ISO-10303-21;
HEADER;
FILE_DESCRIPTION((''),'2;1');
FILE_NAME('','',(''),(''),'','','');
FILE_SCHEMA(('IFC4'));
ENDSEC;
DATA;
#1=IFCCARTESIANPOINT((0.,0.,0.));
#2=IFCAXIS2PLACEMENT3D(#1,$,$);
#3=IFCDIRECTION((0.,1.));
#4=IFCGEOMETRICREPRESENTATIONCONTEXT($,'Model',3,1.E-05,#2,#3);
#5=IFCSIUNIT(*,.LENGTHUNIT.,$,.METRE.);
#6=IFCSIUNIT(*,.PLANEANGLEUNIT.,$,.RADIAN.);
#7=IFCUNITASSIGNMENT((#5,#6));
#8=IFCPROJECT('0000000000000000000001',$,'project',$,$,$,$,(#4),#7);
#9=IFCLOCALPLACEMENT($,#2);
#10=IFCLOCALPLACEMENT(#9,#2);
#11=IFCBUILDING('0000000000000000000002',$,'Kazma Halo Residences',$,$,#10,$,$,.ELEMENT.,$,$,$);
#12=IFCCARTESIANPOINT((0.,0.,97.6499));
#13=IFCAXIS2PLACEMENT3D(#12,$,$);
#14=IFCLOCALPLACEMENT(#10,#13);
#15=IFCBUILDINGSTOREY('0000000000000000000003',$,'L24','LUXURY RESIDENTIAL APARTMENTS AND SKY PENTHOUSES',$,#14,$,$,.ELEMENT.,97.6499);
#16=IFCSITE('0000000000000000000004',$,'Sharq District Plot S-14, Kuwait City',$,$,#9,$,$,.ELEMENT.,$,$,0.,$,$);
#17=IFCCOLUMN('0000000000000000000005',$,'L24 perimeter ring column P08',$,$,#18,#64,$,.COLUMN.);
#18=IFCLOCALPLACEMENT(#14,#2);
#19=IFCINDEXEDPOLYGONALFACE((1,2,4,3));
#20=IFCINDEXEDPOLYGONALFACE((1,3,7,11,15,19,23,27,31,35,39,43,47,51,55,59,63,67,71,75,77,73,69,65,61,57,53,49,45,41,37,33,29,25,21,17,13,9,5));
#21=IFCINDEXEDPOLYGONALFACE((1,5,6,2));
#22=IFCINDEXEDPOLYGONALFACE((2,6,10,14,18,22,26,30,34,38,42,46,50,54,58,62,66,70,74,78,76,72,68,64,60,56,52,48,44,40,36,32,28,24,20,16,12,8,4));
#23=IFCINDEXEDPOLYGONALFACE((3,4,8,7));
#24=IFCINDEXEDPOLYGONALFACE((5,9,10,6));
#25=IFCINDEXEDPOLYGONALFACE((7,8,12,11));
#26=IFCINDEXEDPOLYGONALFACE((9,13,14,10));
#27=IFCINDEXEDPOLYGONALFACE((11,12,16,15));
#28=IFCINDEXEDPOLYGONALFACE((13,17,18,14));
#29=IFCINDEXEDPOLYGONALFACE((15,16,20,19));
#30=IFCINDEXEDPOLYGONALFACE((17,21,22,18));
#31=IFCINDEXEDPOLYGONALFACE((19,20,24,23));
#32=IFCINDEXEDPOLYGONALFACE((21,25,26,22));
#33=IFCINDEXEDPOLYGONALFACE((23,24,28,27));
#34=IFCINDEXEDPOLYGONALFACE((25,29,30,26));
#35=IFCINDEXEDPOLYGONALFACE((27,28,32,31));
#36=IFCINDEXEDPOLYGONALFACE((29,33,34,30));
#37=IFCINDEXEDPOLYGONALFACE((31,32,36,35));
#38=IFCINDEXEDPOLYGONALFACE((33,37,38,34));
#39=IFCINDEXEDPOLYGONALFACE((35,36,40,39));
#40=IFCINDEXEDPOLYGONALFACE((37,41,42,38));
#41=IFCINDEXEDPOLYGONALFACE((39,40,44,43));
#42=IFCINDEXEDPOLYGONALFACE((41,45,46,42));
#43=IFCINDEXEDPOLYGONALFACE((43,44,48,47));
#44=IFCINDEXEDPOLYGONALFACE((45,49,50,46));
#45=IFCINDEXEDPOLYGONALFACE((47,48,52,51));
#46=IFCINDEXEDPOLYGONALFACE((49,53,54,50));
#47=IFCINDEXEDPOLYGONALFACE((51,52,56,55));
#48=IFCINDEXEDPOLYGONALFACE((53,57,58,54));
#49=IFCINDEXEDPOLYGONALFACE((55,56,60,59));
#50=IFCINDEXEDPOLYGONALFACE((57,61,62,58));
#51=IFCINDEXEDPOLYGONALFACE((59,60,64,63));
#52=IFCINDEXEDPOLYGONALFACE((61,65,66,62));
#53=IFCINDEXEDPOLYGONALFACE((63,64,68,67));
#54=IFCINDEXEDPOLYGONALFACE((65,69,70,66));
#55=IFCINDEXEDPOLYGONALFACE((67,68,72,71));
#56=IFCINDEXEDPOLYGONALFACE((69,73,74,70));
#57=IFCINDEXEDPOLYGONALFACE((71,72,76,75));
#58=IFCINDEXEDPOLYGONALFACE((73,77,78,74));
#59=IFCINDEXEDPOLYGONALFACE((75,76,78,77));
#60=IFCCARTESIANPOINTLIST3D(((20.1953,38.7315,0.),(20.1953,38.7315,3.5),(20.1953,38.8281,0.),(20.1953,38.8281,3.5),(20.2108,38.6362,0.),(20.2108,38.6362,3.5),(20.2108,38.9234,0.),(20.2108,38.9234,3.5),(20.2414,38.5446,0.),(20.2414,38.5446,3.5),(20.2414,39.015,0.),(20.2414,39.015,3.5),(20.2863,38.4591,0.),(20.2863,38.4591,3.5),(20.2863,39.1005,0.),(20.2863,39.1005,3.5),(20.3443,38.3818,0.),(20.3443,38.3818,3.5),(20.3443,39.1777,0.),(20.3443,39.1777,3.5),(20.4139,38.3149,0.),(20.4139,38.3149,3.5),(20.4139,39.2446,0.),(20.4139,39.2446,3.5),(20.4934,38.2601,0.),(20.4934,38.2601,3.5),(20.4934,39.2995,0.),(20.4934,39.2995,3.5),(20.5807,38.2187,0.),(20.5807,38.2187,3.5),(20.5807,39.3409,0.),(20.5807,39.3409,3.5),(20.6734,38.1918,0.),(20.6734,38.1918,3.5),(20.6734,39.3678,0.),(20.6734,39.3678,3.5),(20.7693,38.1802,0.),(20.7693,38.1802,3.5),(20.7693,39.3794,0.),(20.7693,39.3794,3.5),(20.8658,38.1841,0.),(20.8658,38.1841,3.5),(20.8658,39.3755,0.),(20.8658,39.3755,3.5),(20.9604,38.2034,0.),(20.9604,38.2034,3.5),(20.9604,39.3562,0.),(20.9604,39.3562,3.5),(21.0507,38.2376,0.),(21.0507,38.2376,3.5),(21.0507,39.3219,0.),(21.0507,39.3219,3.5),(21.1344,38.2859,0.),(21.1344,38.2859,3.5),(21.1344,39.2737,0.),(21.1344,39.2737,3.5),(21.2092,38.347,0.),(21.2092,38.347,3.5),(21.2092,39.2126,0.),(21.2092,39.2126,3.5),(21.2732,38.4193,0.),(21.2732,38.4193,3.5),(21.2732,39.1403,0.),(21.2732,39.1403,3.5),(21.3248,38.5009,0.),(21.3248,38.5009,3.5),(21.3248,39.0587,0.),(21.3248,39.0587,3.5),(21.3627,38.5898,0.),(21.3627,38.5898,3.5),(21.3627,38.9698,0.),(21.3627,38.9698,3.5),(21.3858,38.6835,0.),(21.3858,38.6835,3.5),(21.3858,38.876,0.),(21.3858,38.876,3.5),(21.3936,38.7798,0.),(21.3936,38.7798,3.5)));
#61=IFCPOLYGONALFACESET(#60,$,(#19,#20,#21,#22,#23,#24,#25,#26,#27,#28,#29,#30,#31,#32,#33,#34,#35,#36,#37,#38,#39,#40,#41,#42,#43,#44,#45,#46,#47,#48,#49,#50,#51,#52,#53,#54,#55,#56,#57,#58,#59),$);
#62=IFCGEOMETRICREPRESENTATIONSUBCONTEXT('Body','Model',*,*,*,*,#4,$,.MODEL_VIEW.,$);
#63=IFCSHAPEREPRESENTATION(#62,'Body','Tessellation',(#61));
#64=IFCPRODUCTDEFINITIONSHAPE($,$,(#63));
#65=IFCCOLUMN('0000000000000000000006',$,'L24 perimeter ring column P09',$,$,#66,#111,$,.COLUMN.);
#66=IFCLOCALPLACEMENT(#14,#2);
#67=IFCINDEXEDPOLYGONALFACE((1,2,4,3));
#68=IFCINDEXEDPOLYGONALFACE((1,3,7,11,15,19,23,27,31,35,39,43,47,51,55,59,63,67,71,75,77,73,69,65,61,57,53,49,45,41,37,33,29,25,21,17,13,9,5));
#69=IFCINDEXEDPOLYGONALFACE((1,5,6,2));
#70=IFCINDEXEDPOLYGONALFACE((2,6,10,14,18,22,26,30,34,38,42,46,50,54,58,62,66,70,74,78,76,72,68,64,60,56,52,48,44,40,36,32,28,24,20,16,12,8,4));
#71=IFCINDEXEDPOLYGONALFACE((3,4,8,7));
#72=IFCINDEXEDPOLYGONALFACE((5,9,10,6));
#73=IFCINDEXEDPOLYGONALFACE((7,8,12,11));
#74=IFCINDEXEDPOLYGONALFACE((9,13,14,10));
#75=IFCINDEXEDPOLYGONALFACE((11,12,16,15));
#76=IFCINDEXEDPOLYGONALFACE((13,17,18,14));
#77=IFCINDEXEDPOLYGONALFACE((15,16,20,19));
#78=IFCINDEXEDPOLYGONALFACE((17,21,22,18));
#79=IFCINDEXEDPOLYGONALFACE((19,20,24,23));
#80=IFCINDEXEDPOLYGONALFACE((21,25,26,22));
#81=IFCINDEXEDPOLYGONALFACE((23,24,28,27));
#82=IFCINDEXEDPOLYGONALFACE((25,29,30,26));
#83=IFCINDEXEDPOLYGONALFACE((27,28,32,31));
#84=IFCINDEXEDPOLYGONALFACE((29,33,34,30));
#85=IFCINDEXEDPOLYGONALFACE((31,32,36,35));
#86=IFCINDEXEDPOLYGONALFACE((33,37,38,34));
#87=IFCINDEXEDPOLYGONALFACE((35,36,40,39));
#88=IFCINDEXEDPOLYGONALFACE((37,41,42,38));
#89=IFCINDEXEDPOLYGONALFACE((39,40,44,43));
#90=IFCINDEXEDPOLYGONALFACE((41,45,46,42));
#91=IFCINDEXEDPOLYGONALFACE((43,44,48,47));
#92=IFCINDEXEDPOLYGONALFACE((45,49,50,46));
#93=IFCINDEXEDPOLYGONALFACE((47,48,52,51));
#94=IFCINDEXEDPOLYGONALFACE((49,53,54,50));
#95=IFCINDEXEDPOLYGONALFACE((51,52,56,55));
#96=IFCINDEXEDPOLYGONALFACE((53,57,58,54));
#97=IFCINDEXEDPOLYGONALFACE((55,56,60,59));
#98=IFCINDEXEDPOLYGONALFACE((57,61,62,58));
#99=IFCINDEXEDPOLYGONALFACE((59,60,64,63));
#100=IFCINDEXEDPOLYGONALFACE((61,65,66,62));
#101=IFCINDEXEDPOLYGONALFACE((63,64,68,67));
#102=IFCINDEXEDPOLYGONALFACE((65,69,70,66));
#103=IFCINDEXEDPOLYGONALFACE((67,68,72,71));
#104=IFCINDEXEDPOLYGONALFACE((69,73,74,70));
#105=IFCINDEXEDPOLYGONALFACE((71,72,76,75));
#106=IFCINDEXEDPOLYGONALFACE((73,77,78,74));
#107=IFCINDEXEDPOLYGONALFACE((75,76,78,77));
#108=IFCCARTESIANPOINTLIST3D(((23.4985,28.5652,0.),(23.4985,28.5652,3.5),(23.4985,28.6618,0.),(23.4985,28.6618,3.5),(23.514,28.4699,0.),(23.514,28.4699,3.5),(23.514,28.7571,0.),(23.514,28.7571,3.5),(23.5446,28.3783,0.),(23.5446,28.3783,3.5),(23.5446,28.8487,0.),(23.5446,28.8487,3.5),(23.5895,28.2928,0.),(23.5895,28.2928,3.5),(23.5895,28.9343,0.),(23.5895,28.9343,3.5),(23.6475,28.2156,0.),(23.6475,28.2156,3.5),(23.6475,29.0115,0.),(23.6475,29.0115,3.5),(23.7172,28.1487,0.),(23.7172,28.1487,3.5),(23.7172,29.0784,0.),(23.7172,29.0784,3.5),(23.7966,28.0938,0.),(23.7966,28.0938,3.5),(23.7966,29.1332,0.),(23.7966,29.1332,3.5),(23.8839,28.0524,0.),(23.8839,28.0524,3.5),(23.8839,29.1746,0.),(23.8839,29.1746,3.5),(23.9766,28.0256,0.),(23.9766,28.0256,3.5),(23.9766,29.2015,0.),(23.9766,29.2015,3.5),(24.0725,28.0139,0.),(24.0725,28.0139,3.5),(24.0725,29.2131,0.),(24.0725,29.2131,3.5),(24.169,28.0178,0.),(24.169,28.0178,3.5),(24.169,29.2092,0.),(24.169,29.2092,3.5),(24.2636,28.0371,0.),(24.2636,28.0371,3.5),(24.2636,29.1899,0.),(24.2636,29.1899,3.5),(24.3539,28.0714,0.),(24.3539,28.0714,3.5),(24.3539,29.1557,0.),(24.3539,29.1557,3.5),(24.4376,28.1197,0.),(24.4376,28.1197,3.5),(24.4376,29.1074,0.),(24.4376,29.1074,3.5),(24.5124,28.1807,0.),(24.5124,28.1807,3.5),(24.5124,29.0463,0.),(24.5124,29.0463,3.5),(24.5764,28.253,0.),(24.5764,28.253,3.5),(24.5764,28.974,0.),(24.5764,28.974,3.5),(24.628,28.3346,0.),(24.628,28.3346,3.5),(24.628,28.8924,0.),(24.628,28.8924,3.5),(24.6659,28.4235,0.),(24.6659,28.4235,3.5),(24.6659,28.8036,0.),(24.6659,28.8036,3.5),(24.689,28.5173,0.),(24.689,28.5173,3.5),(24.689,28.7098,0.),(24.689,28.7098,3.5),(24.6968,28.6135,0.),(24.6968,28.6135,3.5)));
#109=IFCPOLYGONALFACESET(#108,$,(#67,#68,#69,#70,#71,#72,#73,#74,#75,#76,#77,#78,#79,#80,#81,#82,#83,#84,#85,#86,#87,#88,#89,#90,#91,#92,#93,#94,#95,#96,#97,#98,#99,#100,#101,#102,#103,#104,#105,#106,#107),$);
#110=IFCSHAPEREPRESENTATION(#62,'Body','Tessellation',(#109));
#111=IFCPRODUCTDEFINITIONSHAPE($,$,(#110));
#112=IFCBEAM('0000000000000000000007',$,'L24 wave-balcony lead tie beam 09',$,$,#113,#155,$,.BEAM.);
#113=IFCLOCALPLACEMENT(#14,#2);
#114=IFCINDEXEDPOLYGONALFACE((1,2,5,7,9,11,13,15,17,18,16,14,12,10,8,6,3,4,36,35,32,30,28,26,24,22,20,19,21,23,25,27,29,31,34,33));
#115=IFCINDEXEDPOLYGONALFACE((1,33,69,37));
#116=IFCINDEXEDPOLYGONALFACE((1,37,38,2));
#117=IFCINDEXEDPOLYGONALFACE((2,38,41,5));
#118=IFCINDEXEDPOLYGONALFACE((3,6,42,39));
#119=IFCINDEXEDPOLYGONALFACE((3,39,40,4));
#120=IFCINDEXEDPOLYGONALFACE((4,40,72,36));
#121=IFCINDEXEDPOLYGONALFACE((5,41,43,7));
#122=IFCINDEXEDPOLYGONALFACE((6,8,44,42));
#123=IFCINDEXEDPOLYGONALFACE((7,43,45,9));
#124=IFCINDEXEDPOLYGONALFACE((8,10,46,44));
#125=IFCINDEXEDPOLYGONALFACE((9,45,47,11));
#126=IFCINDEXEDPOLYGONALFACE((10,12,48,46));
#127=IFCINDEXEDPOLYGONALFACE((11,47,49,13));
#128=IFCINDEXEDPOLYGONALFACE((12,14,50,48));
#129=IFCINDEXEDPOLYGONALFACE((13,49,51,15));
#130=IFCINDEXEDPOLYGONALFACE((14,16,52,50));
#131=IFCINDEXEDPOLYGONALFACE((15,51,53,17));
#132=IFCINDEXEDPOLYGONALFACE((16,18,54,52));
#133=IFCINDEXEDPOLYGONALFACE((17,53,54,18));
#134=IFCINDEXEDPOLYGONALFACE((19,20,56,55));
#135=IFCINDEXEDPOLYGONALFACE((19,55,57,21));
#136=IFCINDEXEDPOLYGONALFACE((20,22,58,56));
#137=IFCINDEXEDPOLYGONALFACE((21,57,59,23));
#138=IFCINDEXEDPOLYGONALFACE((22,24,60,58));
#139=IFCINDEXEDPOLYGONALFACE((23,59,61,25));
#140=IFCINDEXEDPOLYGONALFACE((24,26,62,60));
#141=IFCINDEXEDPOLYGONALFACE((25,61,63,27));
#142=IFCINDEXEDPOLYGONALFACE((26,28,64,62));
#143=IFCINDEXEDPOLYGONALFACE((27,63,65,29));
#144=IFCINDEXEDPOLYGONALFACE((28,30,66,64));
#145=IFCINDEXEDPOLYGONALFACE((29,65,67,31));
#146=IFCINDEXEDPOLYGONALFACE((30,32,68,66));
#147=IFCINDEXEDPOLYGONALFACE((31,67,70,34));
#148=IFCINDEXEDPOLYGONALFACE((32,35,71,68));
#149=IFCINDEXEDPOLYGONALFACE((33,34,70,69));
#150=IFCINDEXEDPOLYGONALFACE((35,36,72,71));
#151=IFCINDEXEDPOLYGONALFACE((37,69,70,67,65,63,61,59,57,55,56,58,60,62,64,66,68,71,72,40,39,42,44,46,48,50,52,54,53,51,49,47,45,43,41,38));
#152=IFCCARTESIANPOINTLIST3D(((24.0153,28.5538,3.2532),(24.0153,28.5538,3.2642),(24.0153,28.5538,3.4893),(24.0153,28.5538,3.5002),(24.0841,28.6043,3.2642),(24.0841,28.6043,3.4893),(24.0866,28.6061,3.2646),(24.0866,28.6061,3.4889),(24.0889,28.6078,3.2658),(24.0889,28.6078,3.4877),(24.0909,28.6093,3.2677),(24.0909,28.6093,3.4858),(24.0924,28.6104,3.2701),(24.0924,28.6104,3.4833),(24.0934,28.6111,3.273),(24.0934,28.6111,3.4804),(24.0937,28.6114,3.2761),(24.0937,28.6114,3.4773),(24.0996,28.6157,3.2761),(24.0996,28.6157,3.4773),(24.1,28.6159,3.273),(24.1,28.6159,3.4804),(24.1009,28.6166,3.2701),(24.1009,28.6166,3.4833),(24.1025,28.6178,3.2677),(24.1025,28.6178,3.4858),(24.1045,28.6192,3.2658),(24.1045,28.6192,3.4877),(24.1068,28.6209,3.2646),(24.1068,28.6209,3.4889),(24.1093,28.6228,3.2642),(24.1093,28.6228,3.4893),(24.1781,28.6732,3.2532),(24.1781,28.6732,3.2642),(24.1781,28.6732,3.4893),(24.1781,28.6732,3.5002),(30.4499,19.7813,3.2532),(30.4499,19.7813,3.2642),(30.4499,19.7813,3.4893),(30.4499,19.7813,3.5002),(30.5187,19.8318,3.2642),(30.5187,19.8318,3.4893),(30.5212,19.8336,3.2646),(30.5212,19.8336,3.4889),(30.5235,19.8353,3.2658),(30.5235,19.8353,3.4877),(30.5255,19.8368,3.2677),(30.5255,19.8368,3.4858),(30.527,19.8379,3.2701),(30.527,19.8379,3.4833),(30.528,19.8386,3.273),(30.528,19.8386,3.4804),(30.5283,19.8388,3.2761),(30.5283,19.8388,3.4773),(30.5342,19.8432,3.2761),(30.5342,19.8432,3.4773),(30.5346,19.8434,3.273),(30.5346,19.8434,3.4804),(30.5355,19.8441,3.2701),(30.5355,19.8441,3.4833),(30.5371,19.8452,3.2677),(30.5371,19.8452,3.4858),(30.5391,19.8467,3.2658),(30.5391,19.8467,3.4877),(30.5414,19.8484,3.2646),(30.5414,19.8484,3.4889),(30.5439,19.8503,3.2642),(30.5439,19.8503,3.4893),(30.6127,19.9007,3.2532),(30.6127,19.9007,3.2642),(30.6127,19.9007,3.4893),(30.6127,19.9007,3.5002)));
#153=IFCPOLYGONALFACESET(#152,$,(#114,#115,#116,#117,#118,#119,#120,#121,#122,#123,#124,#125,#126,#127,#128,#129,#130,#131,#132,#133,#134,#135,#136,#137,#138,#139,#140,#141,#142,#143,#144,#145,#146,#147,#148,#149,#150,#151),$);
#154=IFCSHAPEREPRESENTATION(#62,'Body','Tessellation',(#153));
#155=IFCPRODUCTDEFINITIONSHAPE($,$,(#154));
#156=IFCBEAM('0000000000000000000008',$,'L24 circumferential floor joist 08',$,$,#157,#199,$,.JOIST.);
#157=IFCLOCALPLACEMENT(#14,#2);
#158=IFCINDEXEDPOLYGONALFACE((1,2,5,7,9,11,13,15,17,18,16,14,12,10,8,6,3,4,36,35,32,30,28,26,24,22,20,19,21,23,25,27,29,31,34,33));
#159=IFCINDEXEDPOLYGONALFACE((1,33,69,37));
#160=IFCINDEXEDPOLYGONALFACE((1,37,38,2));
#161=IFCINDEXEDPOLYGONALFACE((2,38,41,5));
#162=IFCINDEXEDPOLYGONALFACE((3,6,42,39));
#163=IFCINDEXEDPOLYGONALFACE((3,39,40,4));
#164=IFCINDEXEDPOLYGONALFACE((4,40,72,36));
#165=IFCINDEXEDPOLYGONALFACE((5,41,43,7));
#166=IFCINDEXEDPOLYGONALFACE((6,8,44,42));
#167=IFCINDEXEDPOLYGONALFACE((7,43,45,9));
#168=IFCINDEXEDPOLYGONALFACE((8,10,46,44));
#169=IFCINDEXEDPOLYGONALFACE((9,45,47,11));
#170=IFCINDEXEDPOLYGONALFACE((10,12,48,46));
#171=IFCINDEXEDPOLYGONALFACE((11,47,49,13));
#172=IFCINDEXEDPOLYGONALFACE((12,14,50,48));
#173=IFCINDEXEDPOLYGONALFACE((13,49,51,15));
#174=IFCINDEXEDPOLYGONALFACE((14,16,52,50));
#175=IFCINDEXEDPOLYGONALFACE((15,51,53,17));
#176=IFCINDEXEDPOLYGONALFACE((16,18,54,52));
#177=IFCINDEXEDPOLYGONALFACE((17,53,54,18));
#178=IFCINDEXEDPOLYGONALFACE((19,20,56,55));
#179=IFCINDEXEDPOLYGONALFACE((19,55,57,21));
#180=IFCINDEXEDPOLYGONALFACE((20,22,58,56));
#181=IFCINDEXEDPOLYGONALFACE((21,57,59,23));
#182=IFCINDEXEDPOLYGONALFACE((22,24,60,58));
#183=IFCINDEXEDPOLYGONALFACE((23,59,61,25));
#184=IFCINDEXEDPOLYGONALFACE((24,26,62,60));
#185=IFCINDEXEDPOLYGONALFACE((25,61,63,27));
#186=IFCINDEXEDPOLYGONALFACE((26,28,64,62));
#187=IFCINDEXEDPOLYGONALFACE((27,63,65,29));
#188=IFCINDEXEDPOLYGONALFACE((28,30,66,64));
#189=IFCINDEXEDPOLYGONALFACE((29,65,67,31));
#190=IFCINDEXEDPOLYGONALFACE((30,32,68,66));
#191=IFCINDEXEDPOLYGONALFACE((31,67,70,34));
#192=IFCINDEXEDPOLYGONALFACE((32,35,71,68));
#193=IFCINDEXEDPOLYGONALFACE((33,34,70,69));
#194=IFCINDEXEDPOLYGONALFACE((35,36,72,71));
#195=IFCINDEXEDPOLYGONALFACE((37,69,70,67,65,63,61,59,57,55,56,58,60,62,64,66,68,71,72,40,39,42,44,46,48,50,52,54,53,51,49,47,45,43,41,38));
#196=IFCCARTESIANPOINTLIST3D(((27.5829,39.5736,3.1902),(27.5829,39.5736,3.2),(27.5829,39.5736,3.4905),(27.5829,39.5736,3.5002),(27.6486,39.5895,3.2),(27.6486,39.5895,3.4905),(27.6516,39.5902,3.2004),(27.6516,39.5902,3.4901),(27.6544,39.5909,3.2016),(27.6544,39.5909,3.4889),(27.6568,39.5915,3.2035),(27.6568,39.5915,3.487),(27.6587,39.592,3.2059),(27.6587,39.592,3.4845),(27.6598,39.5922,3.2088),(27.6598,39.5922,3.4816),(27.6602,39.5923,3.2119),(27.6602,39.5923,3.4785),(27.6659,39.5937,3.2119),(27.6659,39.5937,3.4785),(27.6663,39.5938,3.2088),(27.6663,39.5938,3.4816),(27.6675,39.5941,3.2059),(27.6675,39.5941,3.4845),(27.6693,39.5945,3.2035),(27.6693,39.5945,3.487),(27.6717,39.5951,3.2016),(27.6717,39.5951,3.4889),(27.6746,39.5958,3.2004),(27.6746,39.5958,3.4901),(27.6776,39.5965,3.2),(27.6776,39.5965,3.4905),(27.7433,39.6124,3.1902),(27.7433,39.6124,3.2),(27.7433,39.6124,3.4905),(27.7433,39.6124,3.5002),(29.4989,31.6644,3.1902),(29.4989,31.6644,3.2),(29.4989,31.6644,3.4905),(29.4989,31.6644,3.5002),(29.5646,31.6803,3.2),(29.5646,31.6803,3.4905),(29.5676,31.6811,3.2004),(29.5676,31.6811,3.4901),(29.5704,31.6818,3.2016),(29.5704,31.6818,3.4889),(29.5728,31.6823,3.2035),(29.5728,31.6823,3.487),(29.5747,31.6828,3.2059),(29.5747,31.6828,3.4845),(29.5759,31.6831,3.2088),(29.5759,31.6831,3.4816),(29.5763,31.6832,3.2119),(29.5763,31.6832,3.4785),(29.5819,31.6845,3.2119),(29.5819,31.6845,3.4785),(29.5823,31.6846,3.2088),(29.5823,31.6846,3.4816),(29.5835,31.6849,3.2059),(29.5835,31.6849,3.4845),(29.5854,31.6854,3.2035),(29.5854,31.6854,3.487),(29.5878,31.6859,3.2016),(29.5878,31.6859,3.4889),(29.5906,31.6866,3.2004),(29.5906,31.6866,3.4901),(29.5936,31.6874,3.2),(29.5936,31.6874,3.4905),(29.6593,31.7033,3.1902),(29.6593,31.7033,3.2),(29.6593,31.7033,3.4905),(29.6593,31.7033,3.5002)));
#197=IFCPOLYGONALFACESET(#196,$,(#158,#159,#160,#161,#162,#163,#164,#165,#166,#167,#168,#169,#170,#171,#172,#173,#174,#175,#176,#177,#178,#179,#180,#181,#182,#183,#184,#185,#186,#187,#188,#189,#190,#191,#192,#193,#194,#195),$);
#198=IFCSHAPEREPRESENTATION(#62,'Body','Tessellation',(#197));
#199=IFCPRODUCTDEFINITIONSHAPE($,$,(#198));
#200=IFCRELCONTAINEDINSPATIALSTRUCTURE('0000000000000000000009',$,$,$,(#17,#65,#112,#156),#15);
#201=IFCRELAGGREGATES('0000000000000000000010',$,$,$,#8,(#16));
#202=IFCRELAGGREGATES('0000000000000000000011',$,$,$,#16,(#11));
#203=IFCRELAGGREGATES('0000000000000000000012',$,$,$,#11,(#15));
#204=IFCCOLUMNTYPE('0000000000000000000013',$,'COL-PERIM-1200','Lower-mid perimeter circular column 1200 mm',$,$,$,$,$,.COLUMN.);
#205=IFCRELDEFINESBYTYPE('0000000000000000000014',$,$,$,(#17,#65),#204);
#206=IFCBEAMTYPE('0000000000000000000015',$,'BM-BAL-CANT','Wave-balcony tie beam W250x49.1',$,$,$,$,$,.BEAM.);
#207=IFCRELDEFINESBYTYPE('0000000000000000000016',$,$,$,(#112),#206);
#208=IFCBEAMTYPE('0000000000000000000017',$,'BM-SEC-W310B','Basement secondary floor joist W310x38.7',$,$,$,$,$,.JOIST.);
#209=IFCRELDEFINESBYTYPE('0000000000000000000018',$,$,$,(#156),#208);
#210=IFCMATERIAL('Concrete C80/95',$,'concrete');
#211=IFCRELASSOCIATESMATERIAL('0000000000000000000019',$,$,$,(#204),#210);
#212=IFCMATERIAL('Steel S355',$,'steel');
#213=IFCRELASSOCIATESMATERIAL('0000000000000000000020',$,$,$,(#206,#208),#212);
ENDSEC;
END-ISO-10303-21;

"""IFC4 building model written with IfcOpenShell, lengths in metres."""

from ifc_helpers import new_model, si_unit, direction, frame, origin, origin_2d, place, context, subcontext, project, spatial, circle, i_section, extrude, material, material_profile, profile_set, type_object, element, save


model = new_model("IFC4")

# Units and contexts
model_context = context("Model", 3, precision=1e-05, world=origin(), true_north=direction((0.0, 1.0)))
body_context = subcontext(model_context, "Body", "Model", "MODEL_VIEW")
ifc_project = project(units=[si_unit("LENGTHUNIT", "METRE"), si_unit("PLANEANGLEUNIT", "RADIAN")], contexts=[model_context])

# Site, building, storey
site_placement = place(None, origin())
site = spatial("IfcSite", under=ifc_project, at=site_placement, Name="Sharq District Plot S-14, Kuwait City", CompositionType="ELEMENT", RefElevation=0.0)
building_placement = place(site_placement, origin())
building = spatial("IfcBuilding", under=site, at=building_placement, Name="Kazma Halo Residences", CompositionType="ELEMENT")
storey_placement = place(building_placement, frame((0.0, 0.0, 97.6499)))
storey = spatial("IfcBuildingStorey", under=building, at=storey_placement, Name="L24", Description="LUXURY RESIDENTIAL APARTMENTS AND SKY PENTHOUSES", CompositionType="ELEMENT", Elevation=97.6499)

# Columns
ifc_material_1 = material(Name="Concrete C80/95", Category="concrete")
ifc_material_profile_1 = material_profile(ifc_material_1, circle(Radius=0.6001, at=origin_2d()), Name="CIRC1200")
ifc_profile_set_1 = profile_set([ifc_material_profile_1], Name="Concrete C80/95")
column_type = type_object("IfcColumnType", Name="COL-PERIM-1200", Description="Lower-mid perimeter circular column 1200 mm", PredefinedType="COLUMN", material=ifc_profile_set_1)
for number, where, z_axis, x_axis, name in (
    (1, (20.7935, 38.7798, 0.0), (0.0, 0.0, 1.0), (1.0, 0.0, 0.0), "L24 perimeter ring column P08"),
    (2, (24.0967, 28.6135, 0.0), (0.0, 0.0, 1.0), (1.0, 0.0, 0.0), "L24 perimeter ring column P09"),
):
    element("IfcColumn", number, at=place(storey_placement, frame(where, z_axis=z_axis, x_axis=x_axis)), inside=storey, type_object=column_type, Name=name, PredefinedType="COLUMN", context=body_context, shape_type="SweptSolid", body=[
        extrude(circle(Radius=0.6001, at=origin_2d()), origin(), (0.0, 0.0, 1.0), 3.5),
    ])

# Beams
ifc_material_2 = material(Name="Steel S355", Category="steel")
ifc_material_profile_2 = material_profile(ifc_material_2, i_section(OverallWidth=0.2019, OverallDepth=0.2471, WebThickness=0.0073, FlangeThickness=0.011, FilletRadius=0.012, at=origin_2d()), Name="W250x49.1")
ifc_profile_set_2 = profile_set([ifc_material_profile_2], Name="Steel S355")
beam_type_1 = type_object("IfcBeamType", Name="BM-BAL-CANT", Description="Wave-balcony tie beam W250x49.1", PredefinedType="BEAM", material=ifc_profile_set_2)
beam_1_placement = place(storey_placement, frame((24.0967, 28.6135, 3.3767), z_axis=(0.591449, -0.806342, 0.0), x_axis=(0.806342, 0.591449, 0.0)))
element("IfcBeam", 3, at=beam_1_placement, inside=storey, type_object=beam_type_1, Name="L24 wave-balcony lead tie beam 09", PredefinedType="BEAM", context=body_context, shape_type="SweptSolid", body=[
    extrude(i_section(OverallWidth=0.2019, OverallDepth=0.2471, WebThickness=0.0073, FlangeThickness=0.011, FilletRadius=0.012, at=origin_2d()), origin(), (0.0, 0.0, 1.0), 10.8794),
])
ifc_material_profile_3 = material_profile(ifc_material_2, i_section(OverallWidth=0.165, OverallDepth=0.3101, WebThickness=0.0059, FlangeThickness=0.0098, FilletRadius=0.012, at=origin_2d()), Name="W310x38.7")
ifc_profile_set_3 = profile_set([ifc_material_profile_3], Name="Steel S355")
beam_type_2 = type_object("IfcBeamType", Name="BM-SEC-W310B", Description="Basement secondary floor joist W310x38.7", PredefinedType="JOIST", material=ifc_profile_set_3)
beam_2_placement = place(storey_placement, frame((27.6631, 39.593, 3.3452), z_axis=(0.235442, -0.971888, 0.0), x_axis=(0.971888, 0.235442, 0.0)))
element("IfcBeam", 4, at=beam_2_placement, inside=storey, type_object=beam_type_2, Name="L24 circumferential floor joist 08", PredefinedType="JOIST", context=body_context, shape_type="SweptSolid", body=[
    extrude(i_section(OverallWidth=0.165, OverallDepth=0.3101, WebThickness=0.0059, FlangeThickness=0.0098, FilletRadius=0.012, at=origin_2d()), origin(), (0.0, 0.0, 1.0), 8.1379),
])

save(model, "model.ifc")
